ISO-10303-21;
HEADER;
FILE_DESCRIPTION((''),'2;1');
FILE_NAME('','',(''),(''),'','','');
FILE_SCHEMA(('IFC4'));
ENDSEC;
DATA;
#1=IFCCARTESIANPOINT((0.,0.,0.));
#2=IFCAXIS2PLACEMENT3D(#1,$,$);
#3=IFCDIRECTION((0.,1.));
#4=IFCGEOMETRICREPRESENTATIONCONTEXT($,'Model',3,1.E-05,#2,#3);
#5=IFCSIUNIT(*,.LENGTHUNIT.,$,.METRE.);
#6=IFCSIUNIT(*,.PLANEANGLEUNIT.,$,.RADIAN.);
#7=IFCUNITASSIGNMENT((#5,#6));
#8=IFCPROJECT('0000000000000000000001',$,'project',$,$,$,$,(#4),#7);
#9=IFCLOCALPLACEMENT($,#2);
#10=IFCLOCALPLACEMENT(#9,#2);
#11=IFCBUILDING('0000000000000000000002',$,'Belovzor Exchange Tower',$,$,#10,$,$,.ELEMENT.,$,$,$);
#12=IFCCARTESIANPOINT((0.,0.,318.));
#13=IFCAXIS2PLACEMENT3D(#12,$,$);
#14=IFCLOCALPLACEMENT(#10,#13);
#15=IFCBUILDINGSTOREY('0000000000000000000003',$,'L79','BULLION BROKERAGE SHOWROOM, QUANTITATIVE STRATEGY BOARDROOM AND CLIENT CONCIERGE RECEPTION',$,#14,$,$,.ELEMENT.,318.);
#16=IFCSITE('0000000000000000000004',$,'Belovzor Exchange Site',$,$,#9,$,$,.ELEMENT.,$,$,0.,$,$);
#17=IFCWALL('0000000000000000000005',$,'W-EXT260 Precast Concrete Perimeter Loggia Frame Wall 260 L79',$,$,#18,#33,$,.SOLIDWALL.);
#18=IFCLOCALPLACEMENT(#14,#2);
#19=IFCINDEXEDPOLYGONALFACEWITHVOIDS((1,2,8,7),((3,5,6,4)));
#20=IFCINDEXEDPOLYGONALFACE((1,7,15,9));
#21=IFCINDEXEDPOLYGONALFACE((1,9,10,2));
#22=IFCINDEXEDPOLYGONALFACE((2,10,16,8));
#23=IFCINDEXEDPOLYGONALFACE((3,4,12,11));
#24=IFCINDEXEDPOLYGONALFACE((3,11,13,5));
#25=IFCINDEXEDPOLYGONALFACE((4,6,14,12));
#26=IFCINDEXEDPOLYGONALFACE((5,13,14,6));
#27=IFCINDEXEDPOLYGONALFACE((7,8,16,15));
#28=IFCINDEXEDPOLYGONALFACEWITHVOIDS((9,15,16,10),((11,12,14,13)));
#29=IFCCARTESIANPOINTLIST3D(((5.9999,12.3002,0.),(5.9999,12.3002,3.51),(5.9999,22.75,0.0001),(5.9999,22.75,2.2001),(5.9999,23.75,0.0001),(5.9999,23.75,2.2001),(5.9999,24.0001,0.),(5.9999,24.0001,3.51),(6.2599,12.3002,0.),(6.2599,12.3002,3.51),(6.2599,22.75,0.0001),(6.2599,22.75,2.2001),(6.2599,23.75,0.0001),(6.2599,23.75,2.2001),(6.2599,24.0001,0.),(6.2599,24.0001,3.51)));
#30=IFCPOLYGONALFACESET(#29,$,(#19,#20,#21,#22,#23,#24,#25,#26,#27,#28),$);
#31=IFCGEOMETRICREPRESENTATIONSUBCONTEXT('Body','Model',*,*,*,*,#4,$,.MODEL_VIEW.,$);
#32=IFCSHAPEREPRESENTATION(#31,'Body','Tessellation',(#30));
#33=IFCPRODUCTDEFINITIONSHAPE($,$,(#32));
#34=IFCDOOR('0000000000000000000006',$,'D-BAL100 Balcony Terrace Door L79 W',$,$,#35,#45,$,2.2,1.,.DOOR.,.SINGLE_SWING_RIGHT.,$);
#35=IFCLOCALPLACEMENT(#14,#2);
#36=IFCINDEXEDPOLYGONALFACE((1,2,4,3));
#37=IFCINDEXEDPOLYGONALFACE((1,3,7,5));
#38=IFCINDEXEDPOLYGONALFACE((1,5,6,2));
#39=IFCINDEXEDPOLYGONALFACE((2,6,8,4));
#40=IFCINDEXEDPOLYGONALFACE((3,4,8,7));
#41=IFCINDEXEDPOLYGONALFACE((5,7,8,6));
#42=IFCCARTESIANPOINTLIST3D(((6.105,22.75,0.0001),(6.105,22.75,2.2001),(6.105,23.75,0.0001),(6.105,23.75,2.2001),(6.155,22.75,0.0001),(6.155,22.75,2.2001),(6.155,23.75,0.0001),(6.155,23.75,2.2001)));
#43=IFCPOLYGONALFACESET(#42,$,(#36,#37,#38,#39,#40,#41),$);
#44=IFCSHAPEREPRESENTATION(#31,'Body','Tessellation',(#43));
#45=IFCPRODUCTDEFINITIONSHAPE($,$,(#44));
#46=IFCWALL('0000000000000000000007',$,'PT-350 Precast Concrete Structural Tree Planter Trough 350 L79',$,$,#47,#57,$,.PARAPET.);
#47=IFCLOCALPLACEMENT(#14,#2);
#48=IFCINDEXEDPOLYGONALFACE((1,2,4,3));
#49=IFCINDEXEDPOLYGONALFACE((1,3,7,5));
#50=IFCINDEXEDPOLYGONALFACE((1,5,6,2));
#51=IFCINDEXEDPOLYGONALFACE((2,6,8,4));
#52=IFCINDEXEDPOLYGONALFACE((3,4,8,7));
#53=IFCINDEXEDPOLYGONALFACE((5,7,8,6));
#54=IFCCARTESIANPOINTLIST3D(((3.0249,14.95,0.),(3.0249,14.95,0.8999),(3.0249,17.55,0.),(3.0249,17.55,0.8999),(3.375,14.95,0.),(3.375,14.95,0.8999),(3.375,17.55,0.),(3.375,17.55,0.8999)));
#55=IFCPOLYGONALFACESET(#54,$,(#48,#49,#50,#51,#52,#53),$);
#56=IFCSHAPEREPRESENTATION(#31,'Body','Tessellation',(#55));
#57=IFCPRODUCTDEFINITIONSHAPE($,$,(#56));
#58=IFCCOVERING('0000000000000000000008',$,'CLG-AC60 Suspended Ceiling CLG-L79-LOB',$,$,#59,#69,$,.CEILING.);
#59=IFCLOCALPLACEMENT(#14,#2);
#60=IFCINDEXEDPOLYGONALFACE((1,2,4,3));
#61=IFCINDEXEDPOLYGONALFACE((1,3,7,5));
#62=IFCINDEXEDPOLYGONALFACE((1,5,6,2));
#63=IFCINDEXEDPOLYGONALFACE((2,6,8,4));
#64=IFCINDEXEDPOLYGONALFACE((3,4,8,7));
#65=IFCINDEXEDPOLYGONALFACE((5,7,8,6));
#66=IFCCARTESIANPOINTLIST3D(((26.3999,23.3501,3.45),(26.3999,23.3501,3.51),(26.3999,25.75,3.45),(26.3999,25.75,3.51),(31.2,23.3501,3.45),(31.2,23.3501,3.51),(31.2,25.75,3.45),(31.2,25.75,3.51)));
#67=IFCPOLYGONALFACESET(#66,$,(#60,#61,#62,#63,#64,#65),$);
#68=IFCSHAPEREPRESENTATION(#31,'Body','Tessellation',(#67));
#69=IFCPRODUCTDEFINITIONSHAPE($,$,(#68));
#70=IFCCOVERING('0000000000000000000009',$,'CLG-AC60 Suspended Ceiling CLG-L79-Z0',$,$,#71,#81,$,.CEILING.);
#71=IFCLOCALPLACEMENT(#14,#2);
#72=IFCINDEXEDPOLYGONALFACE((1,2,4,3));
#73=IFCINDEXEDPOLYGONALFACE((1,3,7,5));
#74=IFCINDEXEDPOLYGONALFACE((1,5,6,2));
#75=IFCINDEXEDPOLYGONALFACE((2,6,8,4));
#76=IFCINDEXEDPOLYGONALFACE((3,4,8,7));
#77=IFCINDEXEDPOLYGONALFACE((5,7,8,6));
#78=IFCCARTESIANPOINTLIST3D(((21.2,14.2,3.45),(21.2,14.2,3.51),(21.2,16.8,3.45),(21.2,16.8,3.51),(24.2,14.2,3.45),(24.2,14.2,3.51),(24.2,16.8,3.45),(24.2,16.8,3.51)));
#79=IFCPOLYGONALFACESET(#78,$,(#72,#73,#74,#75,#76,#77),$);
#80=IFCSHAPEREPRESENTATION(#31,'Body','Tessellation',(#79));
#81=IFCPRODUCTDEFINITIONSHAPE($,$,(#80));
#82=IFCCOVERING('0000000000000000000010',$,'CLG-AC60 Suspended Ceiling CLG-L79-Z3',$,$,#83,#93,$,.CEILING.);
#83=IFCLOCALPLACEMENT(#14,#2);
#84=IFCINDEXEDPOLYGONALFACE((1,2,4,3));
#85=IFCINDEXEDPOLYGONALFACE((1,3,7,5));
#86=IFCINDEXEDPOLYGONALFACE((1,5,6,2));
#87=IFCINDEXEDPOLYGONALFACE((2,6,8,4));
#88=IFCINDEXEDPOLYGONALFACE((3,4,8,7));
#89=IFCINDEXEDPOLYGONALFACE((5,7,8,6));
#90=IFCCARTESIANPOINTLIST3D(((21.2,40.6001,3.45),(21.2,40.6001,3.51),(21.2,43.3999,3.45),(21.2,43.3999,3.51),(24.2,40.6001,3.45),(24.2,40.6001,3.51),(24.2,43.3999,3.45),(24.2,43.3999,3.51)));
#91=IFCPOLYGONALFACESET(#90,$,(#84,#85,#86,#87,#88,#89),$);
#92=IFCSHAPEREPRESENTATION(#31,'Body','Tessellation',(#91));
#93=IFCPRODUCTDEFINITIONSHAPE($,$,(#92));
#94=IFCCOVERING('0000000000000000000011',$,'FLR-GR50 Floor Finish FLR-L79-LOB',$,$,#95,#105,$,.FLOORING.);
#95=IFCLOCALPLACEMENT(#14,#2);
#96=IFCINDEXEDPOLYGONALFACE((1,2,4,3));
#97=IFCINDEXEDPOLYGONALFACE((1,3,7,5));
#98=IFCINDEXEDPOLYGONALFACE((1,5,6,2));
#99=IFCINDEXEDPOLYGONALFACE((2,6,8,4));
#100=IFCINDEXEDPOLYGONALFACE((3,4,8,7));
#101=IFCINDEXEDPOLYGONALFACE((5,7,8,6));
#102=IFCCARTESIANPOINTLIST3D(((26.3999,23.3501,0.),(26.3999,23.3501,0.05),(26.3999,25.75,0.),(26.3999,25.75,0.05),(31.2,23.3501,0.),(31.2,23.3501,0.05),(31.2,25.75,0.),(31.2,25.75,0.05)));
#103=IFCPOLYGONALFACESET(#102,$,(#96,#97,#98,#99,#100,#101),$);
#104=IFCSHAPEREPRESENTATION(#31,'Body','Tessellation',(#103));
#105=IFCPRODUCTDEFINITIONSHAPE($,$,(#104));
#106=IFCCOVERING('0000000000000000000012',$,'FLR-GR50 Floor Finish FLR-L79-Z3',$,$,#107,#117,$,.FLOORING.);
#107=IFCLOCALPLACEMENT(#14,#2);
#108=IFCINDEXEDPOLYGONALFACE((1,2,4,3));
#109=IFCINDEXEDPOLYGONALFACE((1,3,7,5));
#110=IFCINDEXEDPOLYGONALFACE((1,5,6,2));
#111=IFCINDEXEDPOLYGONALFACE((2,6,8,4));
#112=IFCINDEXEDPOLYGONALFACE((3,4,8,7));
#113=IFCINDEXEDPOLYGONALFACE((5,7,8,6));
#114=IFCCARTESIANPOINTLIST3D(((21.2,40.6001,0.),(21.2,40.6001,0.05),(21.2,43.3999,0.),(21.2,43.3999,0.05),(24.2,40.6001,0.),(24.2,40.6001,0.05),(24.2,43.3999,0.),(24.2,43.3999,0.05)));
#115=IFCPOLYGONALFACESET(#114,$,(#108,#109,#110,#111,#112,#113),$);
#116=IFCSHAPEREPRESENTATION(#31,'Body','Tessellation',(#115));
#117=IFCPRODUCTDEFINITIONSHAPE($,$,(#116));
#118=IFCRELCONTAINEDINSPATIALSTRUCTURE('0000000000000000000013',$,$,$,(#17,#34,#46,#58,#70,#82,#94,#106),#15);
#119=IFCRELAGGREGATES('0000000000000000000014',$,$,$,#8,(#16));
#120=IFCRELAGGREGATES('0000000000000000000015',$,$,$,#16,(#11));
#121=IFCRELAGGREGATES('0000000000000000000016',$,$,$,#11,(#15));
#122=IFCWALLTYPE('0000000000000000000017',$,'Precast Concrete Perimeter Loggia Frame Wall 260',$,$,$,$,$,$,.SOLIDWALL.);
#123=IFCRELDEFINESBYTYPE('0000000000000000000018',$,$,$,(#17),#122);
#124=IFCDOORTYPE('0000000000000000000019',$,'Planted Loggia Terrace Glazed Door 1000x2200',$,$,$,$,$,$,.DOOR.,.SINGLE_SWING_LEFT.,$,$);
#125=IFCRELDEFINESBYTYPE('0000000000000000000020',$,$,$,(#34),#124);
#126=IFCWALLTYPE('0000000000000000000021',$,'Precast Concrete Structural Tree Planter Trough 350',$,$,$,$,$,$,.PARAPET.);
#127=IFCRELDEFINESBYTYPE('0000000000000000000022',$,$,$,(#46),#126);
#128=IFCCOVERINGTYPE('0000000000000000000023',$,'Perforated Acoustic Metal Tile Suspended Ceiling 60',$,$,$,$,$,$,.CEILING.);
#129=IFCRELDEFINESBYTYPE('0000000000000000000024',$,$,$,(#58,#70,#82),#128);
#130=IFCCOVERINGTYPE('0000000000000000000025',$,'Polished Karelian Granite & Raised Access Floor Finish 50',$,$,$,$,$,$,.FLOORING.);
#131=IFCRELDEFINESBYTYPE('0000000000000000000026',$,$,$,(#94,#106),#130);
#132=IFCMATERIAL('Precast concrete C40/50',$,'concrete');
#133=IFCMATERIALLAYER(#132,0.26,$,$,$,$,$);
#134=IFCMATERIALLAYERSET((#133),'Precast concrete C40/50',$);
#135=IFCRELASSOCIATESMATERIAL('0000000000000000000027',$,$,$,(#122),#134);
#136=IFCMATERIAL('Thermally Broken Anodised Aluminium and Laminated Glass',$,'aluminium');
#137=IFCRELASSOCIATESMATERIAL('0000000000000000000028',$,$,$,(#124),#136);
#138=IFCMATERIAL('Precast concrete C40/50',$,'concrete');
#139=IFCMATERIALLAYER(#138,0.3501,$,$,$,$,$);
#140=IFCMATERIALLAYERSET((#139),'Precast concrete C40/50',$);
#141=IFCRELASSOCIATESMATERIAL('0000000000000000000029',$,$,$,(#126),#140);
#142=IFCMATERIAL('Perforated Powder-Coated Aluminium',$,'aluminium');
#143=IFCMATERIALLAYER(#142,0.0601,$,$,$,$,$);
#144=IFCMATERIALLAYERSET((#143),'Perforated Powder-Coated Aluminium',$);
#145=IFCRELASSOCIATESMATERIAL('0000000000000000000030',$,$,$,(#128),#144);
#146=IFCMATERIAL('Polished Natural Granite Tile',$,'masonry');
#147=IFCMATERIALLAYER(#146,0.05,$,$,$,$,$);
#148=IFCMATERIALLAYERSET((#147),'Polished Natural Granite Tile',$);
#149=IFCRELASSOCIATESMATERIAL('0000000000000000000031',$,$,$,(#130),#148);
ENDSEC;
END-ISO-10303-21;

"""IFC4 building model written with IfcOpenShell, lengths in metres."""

from ifc_helpers import new_model, si_unit, direction, frame, frame_2d, origin, place, context, subcontext, project, spatial, polyline, rectangle, outline, extrude, material, layer, layer_set, type_object, element, fill, save


model = new_model("IFC4")

# Units and contexts
model_context = context("Model", 3, precision=1e-05, world=origin(), true_north=direction((0.0, 1.0)))
body_context = subcontext(model_context, "Body", "Model", "MODEL_VIEW")
ifc_project = project(units=[si_unit("LENGTHUNIT", "METRE"), si_unit("PLANEANGLEUNIT", "RADIAN")], contexts=[model_context])

# Site, building, storey
site_placement = place(None, origin())
site = spatial("IfcSite", under=ifc_project, at=site_placement, Name="Belovzor Exchange Site", CompositionType="ELEMENT", RefElevation=0.0)
building_placement = place(site_placement, origin())
building = spatial("IfcBuilding", under=site, at=building_placement, Name="Belovzor Exchange Tower", CompositionType="ELEMENT")
storey_placement = place(building_placement, frame((0.0, 0.0, 318.0)))
storey = spatial("IfcBuildingStorey", under=building, at=storey_placement, Name="L79", Description="BULLION BROKERAGE SHOWROOM, QUANTITATIVE STRATEGY BOARDROOM AND CLIENT CONCIERGE RECEPTION", CompositionType="ELEMENT", Elevation=318.0)

# Wall, opening, door
ifc_material_1 = material(Name="Precast concrete C40/50", Category="concrete")
ifc_layer_1 = layer(ifc_material_1, 0.26)
ifc_layer_set_1 = layer_set([ifc_layer_1], Name="Precast concrete C40/50")
wall_type_1 = type_object("IfcWallType", Name="Precast Concrete Perimeter Loggia Frame Wall 260", PredefinedType="SOLIDWALL", material=ifc_layer_set_1)
wall_1_placement = place(storey_placement, frame((6.1299, 12.3, 0.0), z_axis=(0.0, 0.0, 1.0), x_axis=(0.0, 1.0, 0.0)))
wall_1 = element("IfcWall", 1, at=wall_1_placement, inside=storey, type_object=wall_type_1, Name="W-EXT260 Precast Concrete Perimeter Loggia Frame Wall 260 L79", PredefinedType="SOLIDWALL", context=body_context, shape_type="SweptSolid", body=[
    extrude(rectangle(XDim=11.7, YDim=0.26, at=frame_2d((5.8501, 0.0))), origin(), (0.0, 0.0, 1.0), 3.51),
])
opening_1_placement = place(wall_1_placement, frame((10.45, 0.0, 0.0)))
opening_1 = element("IfcOpeningElement", 2, at=opening_1_placement, cuts=wall_1, PredefinedType="OPENING", context=body_context, shape_type="SweptSolid", body=[
    extrude(rectangle(XDim=1.0, YDim=2.2, at=frame_2d((0.5, 1.1001))), frame((0.0, 0.1399, 0.0), z_axis=(0.0, -1.0, 0.0), x_axis=(1.0, 0.0, 0.0)), (0.0, 0.0, 1.0), 0.28),
])
ifc_material_2 = material(Name="Thermally Broken Anodised Aluminium and Laminated Glass", Category="aluminium")
door_type = type_object("IfcDoorType", Name="Planted Loggia Terrace Glazed Door 1000x2200", OperationType="SINGLE_SWING_LEFT", PredefinedType="DOOR", material=ifc_material_2)
door_placement = place(opening_1_placement, origin())
door = element("IfcDoor", 3, at=door_placement, inside=storey, type_object=door_type, Name="D-BAL100 Balcony Terrace Door L79 W", OperationType="SINGLE_SWING_RIGHT", OverallHeight=2.2, OverallWidth=1.0, PredefinedType="DOOR", context=body_context, shape_type="SweptSolid", body=[
    extrude(rectangle(XDim=1.0, YDim=2.2, at=frame_2d((0.5, 1.1001))), frame((0.0, 0.0249, 0.0), z_axis=(0.0, -1.0, 0.0), x_axis=(1.0, 0.0, 0.0)), (0.0, 0.0, 1.0), 0.05),
])
fill(opening_1, door)

# Wall
ifc_material_3 = material(Name="Precast concrete C40/50", Category="concrete")
ifc_layer_2 = layer(ifc_material_3, 0.3501)
ifc_layer_set_2 = layer_set([ifc_layer_2], Name="Precast concrete C40/50")
wall_type_2 = type_object("IfcWallType", Name="Precast Concrete Structural Tree Planter Trough 350", PredefinedType="PARAPET", material=ifc_layer_set_2)
wall_2_placement = place(storey_placement, frame((3.2, 14.95, 0.0), z_axis=(0.0, 0.0, 1.0), x_axis=(0.0, 1.0, 0.0)))
element("IfcWall", 4, at=wall_2_placement, inside=storey, type_object=wall_type_2, Name="PT-350 Precast Concrete Structural Tree Planter Trough 350 L79", PredefinedType="PARAPET", context=body_context, shape_type="SweptSolid", body=[
    extrude(rectangle(XDim=2.6001, YDim=0.3501, at=frame_2d((1.3, 0.0))), origin(), (0.0, 0.0, 1.0), 0.8999),
])

# Coverings
ifc_material_4 = material(Name="Perforated Powder-Coated Aluminium", Category="aluminium")
ifc_layer_3 = layer(ifc_material_4, 0.0601)
ifc_layer_set_3 = layer_set([ifc_layer_3], Name="Perforated Powder-Coated Aluminium")
covering_type_1 = type_object("IfcCoveringType", Name="Perforated Acoustic Metal Tile Suspended Ceiling 60", PredefinedType="CEILING", material=ifc_layer_set_3)
covering_1_placement = place(storey_placement, frame((0.0, 0.0, 3.45)))
element("IfcCovering", 5, at=covering_1_placement, inside=storey, type_object=covering_type_1, Name="CLG-AC60 Suspended Ceiling CLG-L79-LOB", PredefinedType="CEILING", context=body_context, shape_type="SweptSolid", body=[
    extrude(outline(polyline([(26.3999, 23.3501), (31.2, 23.3501), (31.2, 25.75), (26.3999, 25.75), (26.3999, 23.3501)])), origin(), (0.0, 0.0, 1.0), 0.0601),
])
covering_2_placement = place(storey_placement, frame((0.0, 0.0, 3.45)))
element("IfcCovering", 6, at=covering_2_placement, inside=storey, type_object=covering_type_1, Name="CLG-AC60 Suspended Ceiling CLG-L79-Z0", PredefinedType="CEILING", context=body_context, shape_type="SweptSolid", body=[
    extrude(outline(polyline([(21.2, 14.2), (24.2, 14.2), (24.2, 16.8), (21.2, 16.8), (21.2, 14.2)])), origin(), (0.0, 0.0, 1.0), 0.0601),
])
covering_3_placement = place(storey_placement, frame((0.0, 0.0, 3.45)))
element("IfcCovering", 7, at=covering_3_placement, inside=storey, type_object=covering_type_1, Name="CLG-AC60 Suspended Ceiling CLG-L79-Z3", PredefinedType="CEILING", context=body_context, shape_type="SweptSolid", body=[
    extrude(outline(polyline([(21.2, 40.6001), (24.2, 40.6001), (24.2, 43.3999), (21.2, 43.3999), (21.2, 40.6001)])), origin(), (0.0, 0.0, 1.0), 0.0601),
])
ifc_material_5 = material(Name="Polished Natural Granite Tile", Category="masonry")
ifc_layer_4 = layer(ifc_material_5, 0.05)
ifc_layer_set_4 = layer_set([ifc_layer_4], Name="Polished Natural Granite Tile")
covering_type_2 = type_object("IfcCoveringType", Name="Polished Karelian Granite & Raised Access Floor Finish 50", PredefinedType="FLOORING", material=ifc_layer_set_4)
covering_4_placement = place(storey_placement, origin())
element("IfcCovering", 8, at=covering_4_placement, inside=storey, type_object=covering_type_2, Name="FLR-GR50 Floor Finish FLR-L79-LOB", PredefinedType="FLOORING", context=body_context, shape_type="SweptSolid", body=[
    extrude(outline(polyline([(26.3999, 23.3501), (31.2, 23.3501), (31.2, 25.75), (26.3999, 25.75), (26.3999, 23.3501)])), origin(), (0.0, 0.0, 1.0), 0.05),
])
covering_5_placement = place(storey_placement, origin())
element("IfcCovering", 9, at=covering_5_placement, inside=storey, type_object=covering_type_2, Name="FLR-GR50 Floor Finish FLR-L79-Z3", PredefinedType="FLOORING", context=body_context, shape_type="SweptSolid", body=[
    extrude(outline(polyline([(21.2, 40.6001), (24.2, 40.6001), (24.2, 43.3999), (21.2, 43.3999), (21.2, 40.6001)])), origin(), (0.0, 0.0, 1.0), 0.05),
])

save(model, "model.ifc")
